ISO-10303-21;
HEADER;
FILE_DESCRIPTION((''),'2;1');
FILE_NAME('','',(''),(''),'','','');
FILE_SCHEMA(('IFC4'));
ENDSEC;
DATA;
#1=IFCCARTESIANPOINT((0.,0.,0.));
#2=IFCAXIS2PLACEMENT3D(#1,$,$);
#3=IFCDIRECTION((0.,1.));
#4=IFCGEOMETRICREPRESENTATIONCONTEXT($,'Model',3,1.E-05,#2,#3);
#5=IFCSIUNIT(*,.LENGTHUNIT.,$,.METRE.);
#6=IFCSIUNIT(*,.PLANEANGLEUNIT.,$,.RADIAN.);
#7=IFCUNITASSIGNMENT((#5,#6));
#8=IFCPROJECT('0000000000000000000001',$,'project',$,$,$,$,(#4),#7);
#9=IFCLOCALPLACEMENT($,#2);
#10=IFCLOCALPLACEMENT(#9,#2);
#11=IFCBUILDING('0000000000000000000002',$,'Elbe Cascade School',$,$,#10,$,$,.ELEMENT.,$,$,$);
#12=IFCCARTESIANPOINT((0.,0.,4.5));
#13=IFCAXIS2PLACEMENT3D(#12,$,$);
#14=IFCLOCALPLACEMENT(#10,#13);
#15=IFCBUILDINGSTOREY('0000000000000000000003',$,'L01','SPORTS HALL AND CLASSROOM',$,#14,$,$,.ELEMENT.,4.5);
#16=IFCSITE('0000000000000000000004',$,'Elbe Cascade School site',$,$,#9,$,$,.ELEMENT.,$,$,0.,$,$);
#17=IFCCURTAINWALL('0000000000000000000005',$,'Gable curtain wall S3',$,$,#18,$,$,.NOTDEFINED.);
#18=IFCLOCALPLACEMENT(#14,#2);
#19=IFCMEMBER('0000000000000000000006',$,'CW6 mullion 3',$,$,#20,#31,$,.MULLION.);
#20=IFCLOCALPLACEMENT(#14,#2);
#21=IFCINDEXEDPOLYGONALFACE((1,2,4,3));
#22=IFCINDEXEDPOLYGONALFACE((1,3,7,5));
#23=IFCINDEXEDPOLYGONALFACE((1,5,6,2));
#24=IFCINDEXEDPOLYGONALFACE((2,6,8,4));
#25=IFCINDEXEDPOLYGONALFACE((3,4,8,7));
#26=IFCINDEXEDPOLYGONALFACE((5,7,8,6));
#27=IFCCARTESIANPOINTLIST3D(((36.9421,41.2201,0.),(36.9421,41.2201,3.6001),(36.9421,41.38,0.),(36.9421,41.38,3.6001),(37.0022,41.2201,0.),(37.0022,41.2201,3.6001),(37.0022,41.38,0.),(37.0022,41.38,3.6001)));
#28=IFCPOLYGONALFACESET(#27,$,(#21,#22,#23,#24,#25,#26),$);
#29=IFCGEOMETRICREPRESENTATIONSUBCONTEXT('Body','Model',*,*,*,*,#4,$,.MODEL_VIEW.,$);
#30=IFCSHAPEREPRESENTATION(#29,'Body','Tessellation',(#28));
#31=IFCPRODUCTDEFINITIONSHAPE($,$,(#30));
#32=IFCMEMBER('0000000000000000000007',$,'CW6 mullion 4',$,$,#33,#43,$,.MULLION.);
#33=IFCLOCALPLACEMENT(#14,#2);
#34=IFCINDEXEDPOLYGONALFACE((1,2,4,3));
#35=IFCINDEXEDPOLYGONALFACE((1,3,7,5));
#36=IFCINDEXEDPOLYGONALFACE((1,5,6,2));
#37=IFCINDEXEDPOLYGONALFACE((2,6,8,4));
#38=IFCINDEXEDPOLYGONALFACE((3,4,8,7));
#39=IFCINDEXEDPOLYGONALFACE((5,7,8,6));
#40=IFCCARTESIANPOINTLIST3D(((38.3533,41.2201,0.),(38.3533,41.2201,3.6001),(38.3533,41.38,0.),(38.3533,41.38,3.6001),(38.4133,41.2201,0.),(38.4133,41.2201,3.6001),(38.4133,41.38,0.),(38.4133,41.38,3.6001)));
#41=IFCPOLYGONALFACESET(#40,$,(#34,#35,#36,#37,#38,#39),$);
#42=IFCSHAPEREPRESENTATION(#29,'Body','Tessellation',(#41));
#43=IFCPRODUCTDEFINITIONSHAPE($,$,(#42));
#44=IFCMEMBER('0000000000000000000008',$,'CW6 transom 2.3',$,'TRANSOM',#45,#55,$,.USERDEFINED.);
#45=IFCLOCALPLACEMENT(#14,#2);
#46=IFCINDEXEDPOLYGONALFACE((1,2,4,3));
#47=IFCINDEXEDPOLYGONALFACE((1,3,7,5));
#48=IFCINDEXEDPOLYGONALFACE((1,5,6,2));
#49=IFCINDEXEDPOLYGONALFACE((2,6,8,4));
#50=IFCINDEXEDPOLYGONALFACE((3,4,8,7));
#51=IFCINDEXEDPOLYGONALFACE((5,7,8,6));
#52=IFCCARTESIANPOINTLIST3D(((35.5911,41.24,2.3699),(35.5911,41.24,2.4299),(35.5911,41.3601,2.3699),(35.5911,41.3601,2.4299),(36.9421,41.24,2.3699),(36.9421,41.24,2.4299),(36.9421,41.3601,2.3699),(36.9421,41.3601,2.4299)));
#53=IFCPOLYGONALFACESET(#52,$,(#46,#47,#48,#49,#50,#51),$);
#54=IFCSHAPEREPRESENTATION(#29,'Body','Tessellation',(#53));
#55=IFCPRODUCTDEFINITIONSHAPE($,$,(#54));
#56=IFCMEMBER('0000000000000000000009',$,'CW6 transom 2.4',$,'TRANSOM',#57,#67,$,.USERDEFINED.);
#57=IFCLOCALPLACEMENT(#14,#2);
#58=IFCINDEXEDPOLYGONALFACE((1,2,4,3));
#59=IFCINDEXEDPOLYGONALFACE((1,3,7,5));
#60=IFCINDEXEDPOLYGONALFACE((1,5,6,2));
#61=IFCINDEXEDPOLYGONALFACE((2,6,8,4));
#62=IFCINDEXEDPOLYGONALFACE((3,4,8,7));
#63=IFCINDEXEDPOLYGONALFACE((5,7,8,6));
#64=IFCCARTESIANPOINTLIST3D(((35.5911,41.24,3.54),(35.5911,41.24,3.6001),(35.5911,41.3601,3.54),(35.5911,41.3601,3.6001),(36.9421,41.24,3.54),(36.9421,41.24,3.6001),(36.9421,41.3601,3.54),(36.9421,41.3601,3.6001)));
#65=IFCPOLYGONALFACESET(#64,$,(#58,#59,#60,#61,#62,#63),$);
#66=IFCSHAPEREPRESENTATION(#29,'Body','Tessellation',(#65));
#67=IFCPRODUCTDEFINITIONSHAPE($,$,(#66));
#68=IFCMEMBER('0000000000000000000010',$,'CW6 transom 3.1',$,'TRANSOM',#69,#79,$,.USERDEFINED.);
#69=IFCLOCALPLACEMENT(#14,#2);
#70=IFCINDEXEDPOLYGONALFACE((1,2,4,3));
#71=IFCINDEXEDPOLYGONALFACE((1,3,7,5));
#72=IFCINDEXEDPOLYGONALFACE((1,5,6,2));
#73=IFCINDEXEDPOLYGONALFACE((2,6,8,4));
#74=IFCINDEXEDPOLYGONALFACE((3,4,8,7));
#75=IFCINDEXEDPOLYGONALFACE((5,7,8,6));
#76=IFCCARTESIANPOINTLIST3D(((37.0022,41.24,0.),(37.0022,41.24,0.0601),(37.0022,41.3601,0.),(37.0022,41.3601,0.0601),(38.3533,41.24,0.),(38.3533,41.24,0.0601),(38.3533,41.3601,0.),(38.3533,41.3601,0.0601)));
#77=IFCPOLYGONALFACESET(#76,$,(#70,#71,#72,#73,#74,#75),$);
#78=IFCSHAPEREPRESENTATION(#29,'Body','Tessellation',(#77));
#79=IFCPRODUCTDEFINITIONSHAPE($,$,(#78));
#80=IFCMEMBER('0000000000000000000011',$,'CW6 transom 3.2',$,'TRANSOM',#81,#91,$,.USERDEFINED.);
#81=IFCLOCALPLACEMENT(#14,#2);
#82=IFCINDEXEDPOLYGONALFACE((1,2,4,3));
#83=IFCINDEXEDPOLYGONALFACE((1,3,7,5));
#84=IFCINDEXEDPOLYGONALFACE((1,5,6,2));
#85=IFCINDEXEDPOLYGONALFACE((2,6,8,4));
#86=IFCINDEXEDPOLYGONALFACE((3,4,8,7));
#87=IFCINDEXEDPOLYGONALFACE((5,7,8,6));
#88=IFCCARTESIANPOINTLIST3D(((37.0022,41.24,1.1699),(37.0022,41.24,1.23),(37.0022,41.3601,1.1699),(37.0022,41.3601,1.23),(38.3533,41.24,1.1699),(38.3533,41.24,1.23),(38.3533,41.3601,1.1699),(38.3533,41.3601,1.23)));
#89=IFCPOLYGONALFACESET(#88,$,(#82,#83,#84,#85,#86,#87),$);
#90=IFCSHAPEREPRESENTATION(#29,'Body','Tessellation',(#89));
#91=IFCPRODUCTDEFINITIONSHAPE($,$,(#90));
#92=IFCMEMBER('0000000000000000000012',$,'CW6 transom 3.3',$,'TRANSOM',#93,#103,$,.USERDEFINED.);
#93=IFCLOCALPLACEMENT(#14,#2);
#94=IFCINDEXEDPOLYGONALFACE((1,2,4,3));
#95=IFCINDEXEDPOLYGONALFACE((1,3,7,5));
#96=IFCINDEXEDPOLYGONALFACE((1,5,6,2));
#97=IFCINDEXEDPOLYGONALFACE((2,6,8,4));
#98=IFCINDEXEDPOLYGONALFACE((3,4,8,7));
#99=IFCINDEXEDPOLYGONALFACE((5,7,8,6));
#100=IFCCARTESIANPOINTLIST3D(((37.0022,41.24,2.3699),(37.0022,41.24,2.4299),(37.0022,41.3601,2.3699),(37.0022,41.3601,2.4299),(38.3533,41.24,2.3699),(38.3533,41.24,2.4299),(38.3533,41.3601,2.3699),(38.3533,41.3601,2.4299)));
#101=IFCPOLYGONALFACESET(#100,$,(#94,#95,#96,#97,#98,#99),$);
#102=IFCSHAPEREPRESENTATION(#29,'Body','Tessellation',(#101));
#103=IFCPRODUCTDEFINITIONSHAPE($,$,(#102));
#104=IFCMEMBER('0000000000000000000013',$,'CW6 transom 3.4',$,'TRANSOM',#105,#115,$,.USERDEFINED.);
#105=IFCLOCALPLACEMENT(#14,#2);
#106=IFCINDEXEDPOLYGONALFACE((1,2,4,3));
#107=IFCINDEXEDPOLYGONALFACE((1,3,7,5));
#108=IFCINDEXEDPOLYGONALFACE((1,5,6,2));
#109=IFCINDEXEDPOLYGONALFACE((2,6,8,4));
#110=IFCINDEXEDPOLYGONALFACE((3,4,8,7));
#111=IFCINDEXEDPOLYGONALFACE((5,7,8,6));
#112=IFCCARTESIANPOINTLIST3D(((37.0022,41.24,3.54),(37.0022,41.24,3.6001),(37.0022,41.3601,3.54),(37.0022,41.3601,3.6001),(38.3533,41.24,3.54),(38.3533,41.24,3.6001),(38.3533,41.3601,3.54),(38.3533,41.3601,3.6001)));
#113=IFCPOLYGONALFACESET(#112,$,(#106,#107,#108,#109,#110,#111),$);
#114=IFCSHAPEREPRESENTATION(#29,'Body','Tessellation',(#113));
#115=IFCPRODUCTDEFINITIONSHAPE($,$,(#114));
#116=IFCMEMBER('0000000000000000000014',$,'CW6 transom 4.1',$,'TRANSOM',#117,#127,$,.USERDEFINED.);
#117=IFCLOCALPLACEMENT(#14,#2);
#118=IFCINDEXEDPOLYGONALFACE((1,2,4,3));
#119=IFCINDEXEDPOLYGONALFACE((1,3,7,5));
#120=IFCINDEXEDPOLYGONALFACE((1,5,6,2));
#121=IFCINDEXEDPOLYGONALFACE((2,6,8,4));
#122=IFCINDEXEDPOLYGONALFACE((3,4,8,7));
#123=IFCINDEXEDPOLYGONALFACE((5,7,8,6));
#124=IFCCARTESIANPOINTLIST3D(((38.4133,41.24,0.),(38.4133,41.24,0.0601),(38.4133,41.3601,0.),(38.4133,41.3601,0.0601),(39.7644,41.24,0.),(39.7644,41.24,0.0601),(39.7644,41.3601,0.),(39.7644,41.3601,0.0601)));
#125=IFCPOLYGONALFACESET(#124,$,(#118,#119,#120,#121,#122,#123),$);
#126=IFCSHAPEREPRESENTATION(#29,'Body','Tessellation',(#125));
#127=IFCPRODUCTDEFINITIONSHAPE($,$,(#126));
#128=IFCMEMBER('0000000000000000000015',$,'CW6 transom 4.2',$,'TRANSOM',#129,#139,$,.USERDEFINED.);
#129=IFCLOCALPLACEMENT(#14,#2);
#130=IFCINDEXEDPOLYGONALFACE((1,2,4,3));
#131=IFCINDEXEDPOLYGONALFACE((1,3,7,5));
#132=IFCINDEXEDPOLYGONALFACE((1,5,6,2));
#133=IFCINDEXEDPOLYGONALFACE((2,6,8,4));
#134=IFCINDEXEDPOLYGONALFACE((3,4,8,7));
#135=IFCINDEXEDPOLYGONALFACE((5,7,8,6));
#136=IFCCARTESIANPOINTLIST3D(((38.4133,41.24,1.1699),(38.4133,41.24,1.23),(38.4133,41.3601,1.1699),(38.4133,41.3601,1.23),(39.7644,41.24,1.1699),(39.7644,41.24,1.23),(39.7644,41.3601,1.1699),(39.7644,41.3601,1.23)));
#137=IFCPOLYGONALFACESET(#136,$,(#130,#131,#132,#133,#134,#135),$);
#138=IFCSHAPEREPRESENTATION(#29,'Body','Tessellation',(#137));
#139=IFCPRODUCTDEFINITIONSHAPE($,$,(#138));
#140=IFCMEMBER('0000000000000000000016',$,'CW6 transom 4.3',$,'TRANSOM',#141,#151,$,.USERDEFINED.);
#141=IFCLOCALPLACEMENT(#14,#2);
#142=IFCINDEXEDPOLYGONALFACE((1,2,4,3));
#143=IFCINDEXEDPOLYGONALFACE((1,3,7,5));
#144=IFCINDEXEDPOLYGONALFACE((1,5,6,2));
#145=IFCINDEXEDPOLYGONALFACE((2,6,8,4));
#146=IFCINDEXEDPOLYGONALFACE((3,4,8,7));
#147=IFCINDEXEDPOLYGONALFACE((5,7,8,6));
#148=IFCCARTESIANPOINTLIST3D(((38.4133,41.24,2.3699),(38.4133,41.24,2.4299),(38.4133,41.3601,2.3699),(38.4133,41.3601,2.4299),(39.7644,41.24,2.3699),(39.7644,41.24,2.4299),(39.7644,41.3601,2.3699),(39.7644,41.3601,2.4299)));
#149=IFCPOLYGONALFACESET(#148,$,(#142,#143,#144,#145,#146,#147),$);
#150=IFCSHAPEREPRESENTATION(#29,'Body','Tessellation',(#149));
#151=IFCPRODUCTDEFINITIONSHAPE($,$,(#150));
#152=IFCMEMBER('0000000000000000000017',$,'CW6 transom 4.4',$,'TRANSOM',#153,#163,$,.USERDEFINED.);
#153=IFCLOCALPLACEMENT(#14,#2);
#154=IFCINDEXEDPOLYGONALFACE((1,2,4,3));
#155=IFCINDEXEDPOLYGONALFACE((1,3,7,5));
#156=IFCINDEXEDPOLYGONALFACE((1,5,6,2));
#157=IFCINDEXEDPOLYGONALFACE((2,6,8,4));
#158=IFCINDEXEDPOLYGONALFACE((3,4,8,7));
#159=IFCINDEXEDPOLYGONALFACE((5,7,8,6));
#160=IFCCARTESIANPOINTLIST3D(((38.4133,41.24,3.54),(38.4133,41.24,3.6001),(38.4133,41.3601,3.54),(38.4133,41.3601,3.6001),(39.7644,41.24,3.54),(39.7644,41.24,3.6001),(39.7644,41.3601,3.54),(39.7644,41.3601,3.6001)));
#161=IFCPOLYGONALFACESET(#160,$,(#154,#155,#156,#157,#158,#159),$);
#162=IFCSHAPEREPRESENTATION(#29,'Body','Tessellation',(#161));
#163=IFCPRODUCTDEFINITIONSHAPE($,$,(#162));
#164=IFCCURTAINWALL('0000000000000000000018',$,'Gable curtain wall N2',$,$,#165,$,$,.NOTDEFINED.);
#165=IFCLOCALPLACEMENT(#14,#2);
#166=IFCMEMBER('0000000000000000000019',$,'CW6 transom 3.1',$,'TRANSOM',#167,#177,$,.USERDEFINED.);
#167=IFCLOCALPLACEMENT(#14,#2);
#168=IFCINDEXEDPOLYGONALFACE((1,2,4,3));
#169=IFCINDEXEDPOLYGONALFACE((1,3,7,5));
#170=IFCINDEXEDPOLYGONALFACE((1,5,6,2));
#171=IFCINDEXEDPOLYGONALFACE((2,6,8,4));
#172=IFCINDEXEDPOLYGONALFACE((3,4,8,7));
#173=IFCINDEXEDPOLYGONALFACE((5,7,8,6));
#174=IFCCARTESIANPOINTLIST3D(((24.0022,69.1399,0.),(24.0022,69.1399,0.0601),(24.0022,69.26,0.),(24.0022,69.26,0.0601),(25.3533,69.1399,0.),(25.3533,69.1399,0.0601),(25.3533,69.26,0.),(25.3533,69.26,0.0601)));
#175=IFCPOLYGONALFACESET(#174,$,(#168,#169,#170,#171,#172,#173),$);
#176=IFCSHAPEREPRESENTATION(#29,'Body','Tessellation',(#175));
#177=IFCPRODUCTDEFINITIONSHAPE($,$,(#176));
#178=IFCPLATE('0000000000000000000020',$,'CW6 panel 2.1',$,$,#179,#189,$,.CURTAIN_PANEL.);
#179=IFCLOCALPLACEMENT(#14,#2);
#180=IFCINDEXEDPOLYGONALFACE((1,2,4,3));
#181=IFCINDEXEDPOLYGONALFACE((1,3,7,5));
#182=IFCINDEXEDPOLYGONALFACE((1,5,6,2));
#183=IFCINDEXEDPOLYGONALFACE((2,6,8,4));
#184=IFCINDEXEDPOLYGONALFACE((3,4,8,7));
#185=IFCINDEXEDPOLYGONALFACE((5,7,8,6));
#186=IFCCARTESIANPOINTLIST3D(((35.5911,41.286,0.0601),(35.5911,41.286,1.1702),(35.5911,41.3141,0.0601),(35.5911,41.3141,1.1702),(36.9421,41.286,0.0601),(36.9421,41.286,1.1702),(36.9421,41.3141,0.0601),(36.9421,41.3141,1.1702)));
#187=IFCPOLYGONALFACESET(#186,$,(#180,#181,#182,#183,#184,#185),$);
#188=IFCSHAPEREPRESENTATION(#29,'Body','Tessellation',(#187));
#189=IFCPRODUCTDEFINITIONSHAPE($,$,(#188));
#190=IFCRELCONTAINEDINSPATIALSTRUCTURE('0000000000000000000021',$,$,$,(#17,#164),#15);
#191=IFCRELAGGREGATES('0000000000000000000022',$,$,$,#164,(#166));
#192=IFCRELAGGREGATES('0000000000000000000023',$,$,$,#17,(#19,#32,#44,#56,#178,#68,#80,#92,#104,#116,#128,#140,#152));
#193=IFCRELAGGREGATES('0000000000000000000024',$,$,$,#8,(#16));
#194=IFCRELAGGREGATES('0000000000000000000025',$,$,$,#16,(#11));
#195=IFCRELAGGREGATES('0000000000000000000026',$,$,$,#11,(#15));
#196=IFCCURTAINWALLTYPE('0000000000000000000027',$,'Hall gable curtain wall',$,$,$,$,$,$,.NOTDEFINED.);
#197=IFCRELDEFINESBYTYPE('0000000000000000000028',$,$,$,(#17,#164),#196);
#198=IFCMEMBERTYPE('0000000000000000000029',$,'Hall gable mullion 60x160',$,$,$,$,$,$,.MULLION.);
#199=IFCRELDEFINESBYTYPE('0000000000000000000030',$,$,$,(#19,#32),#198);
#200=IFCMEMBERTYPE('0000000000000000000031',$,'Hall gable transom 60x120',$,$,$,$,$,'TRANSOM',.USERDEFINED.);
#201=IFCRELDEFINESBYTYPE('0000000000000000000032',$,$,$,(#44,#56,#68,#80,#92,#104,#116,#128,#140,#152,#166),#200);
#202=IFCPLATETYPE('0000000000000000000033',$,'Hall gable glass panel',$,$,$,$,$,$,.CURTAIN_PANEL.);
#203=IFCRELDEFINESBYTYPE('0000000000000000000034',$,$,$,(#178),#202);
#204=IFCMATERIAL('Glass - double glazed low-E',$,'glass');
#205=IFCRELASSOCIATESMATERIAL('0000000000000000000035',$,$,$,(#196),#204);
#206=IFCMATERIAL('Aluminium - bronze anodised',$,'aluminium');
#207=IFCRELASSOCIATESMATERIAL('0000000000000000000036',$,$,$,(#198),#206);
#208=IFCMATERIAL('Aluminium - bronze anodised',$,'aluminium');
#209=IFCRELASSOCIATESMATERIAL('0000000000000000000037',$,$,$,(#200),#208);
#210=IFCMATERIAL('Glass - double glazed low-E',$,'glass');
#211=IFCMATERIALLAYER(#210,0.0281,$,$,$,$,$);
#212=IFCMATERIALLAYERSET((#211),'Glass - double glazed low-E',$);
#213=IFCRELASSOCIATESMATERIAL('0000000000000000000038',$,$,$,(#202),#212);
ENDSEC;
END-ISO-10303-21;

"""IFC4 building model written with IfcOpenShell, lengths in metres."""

from ifc_helpers import new_model, si_unit, direction, frame, origin, origin_2d, place, context, subcontext, project, spatial, rectangle, extrude, material, layer, layer_set, material_profile, profile_set, type_object, element, aggregate, save


model = new_model("IFC4")

# Units and contexts
model_context = context("Model", 3, precision=1e-05, world=origin(), true_north=direction((0.0, 1.0)))
body_context = subcontext(model_context, "Body", "Model", "MODEL_VIEW")
ifc_project = project(units=[si_unit("LENGTHUNIT", "METRE"), si_unit("PLANEANGLEUNIT", "RADIAN")], contexts=[model_context])

# Site, building, storey
site_placement = place(None, origin())
site = spatial("IfcSite", under=ifc_project, at=site_placement, Name="Elbe Cascade School site", CompositionType="ELEMENT", RefElevation=0.0)
building_placement = place(site_placement, origin())
building = spatial("IfcBuilding", under=site, at=building_placement, Name="Elbe Cascade School", CompositionType="ELEMENT")
storey_placement = place(building_placement, frame((0.0, 0.0, 4.5)))
storey = spatial("IfcBuildingStorey", under=building, at=storey_placement, Name="L01", Description="SPORTS HALL AND CLASSROOM", CompositionType="ELEMENT", Elevation=4.5)

# Curtain wall, members
ifc_material_1 = material(Name="Glass - double glazed low-E", Category="glass")
curtain_wall_type = type_object("IfcCurtainWallType", Name="Hall gable curtain wall", PredefinedType="NOTDEFINED", material=ifc_material_1)
curtain_wall_1_placement = place(storey_placement, origin())
curtain_wall_1 = element("IfcCurtainWall", 1, at=curtain_wall_1_placement, inside=storey, type_object=curtain_wall_type, Name="Gable curtain wall S3", PredefinedType="NOTDEFINED")
ifc_material_2 = material(Name="Aluminium - bronze anodised", Category="aluminium")
ifc_material_profile_1 = material_profile(ifc_material_2, rectangle(XDim=0.1599, YDim=0.0601, at=origin_2d()), Name="Alu 60x160")
ifc_profile_set_1 = profile_set([ifc_material_profile_1], Name="Aluminium - bronze anodised")
member_type_1 = type_object("IfcMemberType", Name="Hall gable mullion 60x160", PredefinedType="MULLION", material=ifc_profile_set_1)
member_1_placement = place(storey_placement, frame((36.9722, 41.3, 0.0), z_axis=(0.0, 0.0, 1.0), x_axis=(0.0, 1.0, 0.0)))
member_1 = element("IfcMember", 2, at=member_1_placement, type_object=member_type_1, Name="CW6 mullion 3", PredefinedType="MULLION", context=body_context, shape_type="SweptSolid", body=[
    extrude(rectangle(XDim=0.1599, YDim=0.0601, at=origin_2d()), origin(), (0.0, 0.0, 1.0), 3.6001),
])
member_2_placement = place(storey_placement, frame((38.3833, 41.3, 0.0), z_axis=(0.0, 0.0, 1.0), x_axis=(0.0, 1.0, 0.0)))
member_2 = element("IfcMember", 3, at=member_2_placement, type_object=member_type_1, Name="CW6 mullion 4", PredefinedType="MULLION", context=body_context, shape_type="SweptSolid", body=[
    extrude(rectangle(XDim=0.1599, YDim=0.0601, at=origin_2d()), origin(), (0.0, 0.0, 1.0), 3.6001),
])
ifc_material_3 = material(Name="Aluminium - bronze anodised", Category="aluminium")
ifc_material_profile_2 = material_profile(ifc_material_3, rectangle(XDim=0.1201, YDim=0.0601, at=origin_2d()), Name="Alu 60x120")
ifc_profile_set_2 = profile_set([ifc_material_profile_2], Name="Aluminium - bronze anodised")
member_type_2 = type_object("IfcMemberType", Name="Hall gable transom 60x120", ElementType="TRANSOM", PredefinedType="USERDEFINED", material=ifc_profile_set_2)
member_3_placement = place(storey_placement, frame((35.5911, 41.3, 2.3999), z_axis=(1.0, 0.0, 0.0), x_axis=(0.0, 1.0, 0.0)))
member_3 = element("IfcMember", 4, at=member_3_placement, type_object=member_type_2, Name="CW6 transom 2.3", ObjectType="TRANSOM", PredefinedType="USERDEFINED", context=body_context, shape_type="SweptSolid", body=[
    extrude(rectangle(XDim=0.1201, YDim=0.0601, at=origin_2d()), origin(), (0.0, 0.0, 1.0), 1.3511),
])
member_4_placement = place(storey_placement, frame((35.5911, 41.3, 3.5701), z_axis=(1.0, 0.0, 0.0), x_axis=(0.0, 1.0, 0.0)))
member_4 = element("IfcMember", 5, at=member_4_placement, type_object=member_type_2, Name="CW6 transom 2.4", ObjectType="TRANSOM", PredefinedType="USERDEFINED", context=body_context, shape_type="SweptSolid", body=[
    extrude(rectangle(XDim=0.1201, YDim=0.0601, at=origin_2d()), origin(), (0.0, 0.0, 1.0), 1.3511),
])
member_5_placement = place(storey_placement, frame((37.0022, 41.3, 0.03), z_axis=(1.0, 0.0, 0.0), x_axis=(0.0, 1.0, 0.0)))
member_5 = element("IfcMember", 6, at=member_5_placement, type_object=member_type_2, Name="CW6 transom 3.1", ObjectType="TRANSOM", PredefinedType="USERDEFINED", context=body_context, shape_type="SweptSolid", body=[
    extrude(rectangle(XDim=0.1201, YDim=0.0601, at=origin_2d()), origin(), (0.0, 0.0, 1.0), 1.3511),
])
member_6_placement = place(storey_placement, frame((37.0022, 41.3, 1.2), z_axis=(1.0, 0.0, 0.0), x_axis=(0.0, 1.0, 0.0)))
member_6 = element("IfcMember", 7, at=member_6_placement, type_object=member_type_2, Name="CW6 transom 3.2", ObjectType="TRANSOM", PredefinedType="USERDEFINED", context=body_context, shape_type="SweptSolid", body=[
    extrude(rectangle(XDim=0.1201, YDim=0.0601, at=origin_2d()), origin(), (0.0, 0.0, 1.0), 1.3511),
])
member_7_placement = place(storey_placement, frame((37.0022, 41.3, 2.3999), z_axis=(1.0, 0.0, 0.0), x_axis=(0.0, 1.0, 0.0)))
member_7 = element("IfcMember", 8, at=member_7_placement, type_object=member_type_2, Name="CW6 transom 3.3", ObjectType="TRANSOM", PredefinedType="USERDEFINED", context=body_context, shape_type="SweptSolid", body=[
    extrude(rectangle(XDim=0.1201, YDim=0.0601, at=origin_2d()), origin(), (0.0, 0.0, 1.0), 1.3511),
])
member_8_placement = place(storey_placement, frame((37.0022, 41.3, 3.5701), z_axis=(1.0, 0.0, 0.0), x_axis=(0.0, 1.0, 0.0)))
member_8 = element("IfcMember", 9, at=member_8_placement, type_object=member_type_2, Name="CW6 transom 3.4", ObjectType="TRANSOM", PredefinedType="USERDEFINED", context=body_context, shape_type="SweptSolid", body=[
    extrude(rectangle(XDim=0.1201, YDim=0.0601, at=origin_2d()), origin(), (0.0, 0.0, 1.0), 1.3511),
])
member_9_placement = place(storey_placement, frame((38.4133, 41.3, 0.03), z_axis=(1.0, 0.0, 0.0), x_axis=(0.0, 1.0, 0.0)))
member_9 = element("IfcMember", 10, at=member_9_placement, type_object=member_type_2, Name="CW6 transom 4.1", ObjectType="TRANSOM", PredefinedType="USERDEFINED", context=body_context, shape_type="SweptSolid", body=[
    extrude(rectangle(XDim=0.1201, YDim=0.0601, at=origin_2d()), origin(), (0.0, 0.0, 1.0), 1.3511),
])
member_10_placement = place(storey_placement, frame((38.4133, 41.3, 1.2), z_axis=(1.0, 0.0, 0.0), x_axis=(0.0, 1.0, 0.0)))
member_10 = element("IfcMember", 11, at=member_10_placement, type_object=member_type_2, Name="CW6 transom 4.2", ObjectType="TRANSOM", PredefinedType="USERDEFINED", context=body_context, shape_type="SweptSolid", body=[
    extrude(rectangle(XDim=0.1201, YDim=0.0601, at=origin_2d()), origin(), (0.0, 0.0, 1.0), 1.3511),
])
member_11_placement = place(storey_placement, frame((38.4133, 41.3, 2.3999), z_axis=(1.0, 0.0, 0.0), x_axis=(0.0, 1.0, 0.0)))
member_11 = element("IfcMember", 12, at=member_11_placement, type_object=member_type_2, Name="CW6 transom 4.3", ObjectType="TRANSOM", PredefinedType="USERDEFINED", context=body_context, shape_type="SweptSolid", body=[
    extrude(rectangle(XDim=0.1201, YDim=0.0601, at=origin_2d()), origin(), (0.0, 0.0, 1.0), 1.3511),
])
member_12_placement = place(storey_placement, frame((38.4133, 41.3, 3.5701), z_axis=(1.0, 0.0, 0.0), x_axis=(0.0, 1.0, 0.0)))
member_12 = element("IfcMember", 13, at=member_12_placement, type_object=member_type_2, Name="CW6 transom 4.4", ObjectType="TRANSOM", PredefinedType="USERDEFINED", context=body_context, shape_type="SweptSolid", body=[
    extrude(rectangle(XDim=0.1201, YDim=0.0601, at=origin_2d()), origin(), (0.0, 0.0, 1.0), 1.3511),
])

# Curtain wall, member
curtain_wall_2_placement = place(storey_placement, origin())
curtain_wall_2 = element("IfcCurtainWall", 14, at=curtain_wall_2_placement, inside=storey, type_object=curtain_wall_type, Name="Gable curtain wall N2", PredefinedType="NOTDEFINED")
member_13_placement = place(storey_placement, frame((24.0022, 69.2, 0.03), z_axis=(1.0, 0.0, 0.0), x_axis=(0.0, 1.0, 0.0)))
member_13 = element("IfcMember", 15, at=member_13_placement, type_object=member_type_2, Name="CW6 transom 3.1", ObjectType="TRANSOM", PredefinedType="USERDEFINED", context=body_context, shape_type="SweptSolid", body=[
    extrude(rectangle(XDim=0.1201, YDim=0.0601, at=origin_2d()), origin(), (0.0, 0.0, 1.0), 1.3511),
])
aggregate(curtain_wall_2, [member_13])

# Plate
ifc_material_4 = material(Name="Glass - double glazed low-E", Category="glass")
ifc_layer = layer(ifc_material_4, 0.0281)
ifc_layer_set = layer_set([ifc_layer], Name="Glass - double glazed low-E")
plate_type = type_object("IfcPlateType", Name="Hall gable glass panel", PredefinedType="CURTAIN_PANEL", material=ifc_layer_set)
plate_1_placement = place(storey_placement, frame((36.2666, 41.3, 0.0601), z_axis=(0.0, 0.0, 1.0), x_axis=(1.0, 0.0, 0.0)))
plate_1 = element("IfcPlate", 16, at=plate_1_placement, type_object=plate_type, Name="CW6 panel 2.1", PredefinedType="CURTAIN_PANEL", context=body_context, shape_type="SweptSolid", body=[
    extrude(rectangle(XDim=1.3511, YDim=0.0281, at=origin_2d()), origin(), (0.0, 0.0, 1.0), 1.1101),
])
aggregate(curtain_wall_1, [member_1, member_2, member_3, member_4, plate_1, member_5, member_6, member_7, member_8, member_9, member_10, member_11, member_12])

save(model, "model.ifc")
